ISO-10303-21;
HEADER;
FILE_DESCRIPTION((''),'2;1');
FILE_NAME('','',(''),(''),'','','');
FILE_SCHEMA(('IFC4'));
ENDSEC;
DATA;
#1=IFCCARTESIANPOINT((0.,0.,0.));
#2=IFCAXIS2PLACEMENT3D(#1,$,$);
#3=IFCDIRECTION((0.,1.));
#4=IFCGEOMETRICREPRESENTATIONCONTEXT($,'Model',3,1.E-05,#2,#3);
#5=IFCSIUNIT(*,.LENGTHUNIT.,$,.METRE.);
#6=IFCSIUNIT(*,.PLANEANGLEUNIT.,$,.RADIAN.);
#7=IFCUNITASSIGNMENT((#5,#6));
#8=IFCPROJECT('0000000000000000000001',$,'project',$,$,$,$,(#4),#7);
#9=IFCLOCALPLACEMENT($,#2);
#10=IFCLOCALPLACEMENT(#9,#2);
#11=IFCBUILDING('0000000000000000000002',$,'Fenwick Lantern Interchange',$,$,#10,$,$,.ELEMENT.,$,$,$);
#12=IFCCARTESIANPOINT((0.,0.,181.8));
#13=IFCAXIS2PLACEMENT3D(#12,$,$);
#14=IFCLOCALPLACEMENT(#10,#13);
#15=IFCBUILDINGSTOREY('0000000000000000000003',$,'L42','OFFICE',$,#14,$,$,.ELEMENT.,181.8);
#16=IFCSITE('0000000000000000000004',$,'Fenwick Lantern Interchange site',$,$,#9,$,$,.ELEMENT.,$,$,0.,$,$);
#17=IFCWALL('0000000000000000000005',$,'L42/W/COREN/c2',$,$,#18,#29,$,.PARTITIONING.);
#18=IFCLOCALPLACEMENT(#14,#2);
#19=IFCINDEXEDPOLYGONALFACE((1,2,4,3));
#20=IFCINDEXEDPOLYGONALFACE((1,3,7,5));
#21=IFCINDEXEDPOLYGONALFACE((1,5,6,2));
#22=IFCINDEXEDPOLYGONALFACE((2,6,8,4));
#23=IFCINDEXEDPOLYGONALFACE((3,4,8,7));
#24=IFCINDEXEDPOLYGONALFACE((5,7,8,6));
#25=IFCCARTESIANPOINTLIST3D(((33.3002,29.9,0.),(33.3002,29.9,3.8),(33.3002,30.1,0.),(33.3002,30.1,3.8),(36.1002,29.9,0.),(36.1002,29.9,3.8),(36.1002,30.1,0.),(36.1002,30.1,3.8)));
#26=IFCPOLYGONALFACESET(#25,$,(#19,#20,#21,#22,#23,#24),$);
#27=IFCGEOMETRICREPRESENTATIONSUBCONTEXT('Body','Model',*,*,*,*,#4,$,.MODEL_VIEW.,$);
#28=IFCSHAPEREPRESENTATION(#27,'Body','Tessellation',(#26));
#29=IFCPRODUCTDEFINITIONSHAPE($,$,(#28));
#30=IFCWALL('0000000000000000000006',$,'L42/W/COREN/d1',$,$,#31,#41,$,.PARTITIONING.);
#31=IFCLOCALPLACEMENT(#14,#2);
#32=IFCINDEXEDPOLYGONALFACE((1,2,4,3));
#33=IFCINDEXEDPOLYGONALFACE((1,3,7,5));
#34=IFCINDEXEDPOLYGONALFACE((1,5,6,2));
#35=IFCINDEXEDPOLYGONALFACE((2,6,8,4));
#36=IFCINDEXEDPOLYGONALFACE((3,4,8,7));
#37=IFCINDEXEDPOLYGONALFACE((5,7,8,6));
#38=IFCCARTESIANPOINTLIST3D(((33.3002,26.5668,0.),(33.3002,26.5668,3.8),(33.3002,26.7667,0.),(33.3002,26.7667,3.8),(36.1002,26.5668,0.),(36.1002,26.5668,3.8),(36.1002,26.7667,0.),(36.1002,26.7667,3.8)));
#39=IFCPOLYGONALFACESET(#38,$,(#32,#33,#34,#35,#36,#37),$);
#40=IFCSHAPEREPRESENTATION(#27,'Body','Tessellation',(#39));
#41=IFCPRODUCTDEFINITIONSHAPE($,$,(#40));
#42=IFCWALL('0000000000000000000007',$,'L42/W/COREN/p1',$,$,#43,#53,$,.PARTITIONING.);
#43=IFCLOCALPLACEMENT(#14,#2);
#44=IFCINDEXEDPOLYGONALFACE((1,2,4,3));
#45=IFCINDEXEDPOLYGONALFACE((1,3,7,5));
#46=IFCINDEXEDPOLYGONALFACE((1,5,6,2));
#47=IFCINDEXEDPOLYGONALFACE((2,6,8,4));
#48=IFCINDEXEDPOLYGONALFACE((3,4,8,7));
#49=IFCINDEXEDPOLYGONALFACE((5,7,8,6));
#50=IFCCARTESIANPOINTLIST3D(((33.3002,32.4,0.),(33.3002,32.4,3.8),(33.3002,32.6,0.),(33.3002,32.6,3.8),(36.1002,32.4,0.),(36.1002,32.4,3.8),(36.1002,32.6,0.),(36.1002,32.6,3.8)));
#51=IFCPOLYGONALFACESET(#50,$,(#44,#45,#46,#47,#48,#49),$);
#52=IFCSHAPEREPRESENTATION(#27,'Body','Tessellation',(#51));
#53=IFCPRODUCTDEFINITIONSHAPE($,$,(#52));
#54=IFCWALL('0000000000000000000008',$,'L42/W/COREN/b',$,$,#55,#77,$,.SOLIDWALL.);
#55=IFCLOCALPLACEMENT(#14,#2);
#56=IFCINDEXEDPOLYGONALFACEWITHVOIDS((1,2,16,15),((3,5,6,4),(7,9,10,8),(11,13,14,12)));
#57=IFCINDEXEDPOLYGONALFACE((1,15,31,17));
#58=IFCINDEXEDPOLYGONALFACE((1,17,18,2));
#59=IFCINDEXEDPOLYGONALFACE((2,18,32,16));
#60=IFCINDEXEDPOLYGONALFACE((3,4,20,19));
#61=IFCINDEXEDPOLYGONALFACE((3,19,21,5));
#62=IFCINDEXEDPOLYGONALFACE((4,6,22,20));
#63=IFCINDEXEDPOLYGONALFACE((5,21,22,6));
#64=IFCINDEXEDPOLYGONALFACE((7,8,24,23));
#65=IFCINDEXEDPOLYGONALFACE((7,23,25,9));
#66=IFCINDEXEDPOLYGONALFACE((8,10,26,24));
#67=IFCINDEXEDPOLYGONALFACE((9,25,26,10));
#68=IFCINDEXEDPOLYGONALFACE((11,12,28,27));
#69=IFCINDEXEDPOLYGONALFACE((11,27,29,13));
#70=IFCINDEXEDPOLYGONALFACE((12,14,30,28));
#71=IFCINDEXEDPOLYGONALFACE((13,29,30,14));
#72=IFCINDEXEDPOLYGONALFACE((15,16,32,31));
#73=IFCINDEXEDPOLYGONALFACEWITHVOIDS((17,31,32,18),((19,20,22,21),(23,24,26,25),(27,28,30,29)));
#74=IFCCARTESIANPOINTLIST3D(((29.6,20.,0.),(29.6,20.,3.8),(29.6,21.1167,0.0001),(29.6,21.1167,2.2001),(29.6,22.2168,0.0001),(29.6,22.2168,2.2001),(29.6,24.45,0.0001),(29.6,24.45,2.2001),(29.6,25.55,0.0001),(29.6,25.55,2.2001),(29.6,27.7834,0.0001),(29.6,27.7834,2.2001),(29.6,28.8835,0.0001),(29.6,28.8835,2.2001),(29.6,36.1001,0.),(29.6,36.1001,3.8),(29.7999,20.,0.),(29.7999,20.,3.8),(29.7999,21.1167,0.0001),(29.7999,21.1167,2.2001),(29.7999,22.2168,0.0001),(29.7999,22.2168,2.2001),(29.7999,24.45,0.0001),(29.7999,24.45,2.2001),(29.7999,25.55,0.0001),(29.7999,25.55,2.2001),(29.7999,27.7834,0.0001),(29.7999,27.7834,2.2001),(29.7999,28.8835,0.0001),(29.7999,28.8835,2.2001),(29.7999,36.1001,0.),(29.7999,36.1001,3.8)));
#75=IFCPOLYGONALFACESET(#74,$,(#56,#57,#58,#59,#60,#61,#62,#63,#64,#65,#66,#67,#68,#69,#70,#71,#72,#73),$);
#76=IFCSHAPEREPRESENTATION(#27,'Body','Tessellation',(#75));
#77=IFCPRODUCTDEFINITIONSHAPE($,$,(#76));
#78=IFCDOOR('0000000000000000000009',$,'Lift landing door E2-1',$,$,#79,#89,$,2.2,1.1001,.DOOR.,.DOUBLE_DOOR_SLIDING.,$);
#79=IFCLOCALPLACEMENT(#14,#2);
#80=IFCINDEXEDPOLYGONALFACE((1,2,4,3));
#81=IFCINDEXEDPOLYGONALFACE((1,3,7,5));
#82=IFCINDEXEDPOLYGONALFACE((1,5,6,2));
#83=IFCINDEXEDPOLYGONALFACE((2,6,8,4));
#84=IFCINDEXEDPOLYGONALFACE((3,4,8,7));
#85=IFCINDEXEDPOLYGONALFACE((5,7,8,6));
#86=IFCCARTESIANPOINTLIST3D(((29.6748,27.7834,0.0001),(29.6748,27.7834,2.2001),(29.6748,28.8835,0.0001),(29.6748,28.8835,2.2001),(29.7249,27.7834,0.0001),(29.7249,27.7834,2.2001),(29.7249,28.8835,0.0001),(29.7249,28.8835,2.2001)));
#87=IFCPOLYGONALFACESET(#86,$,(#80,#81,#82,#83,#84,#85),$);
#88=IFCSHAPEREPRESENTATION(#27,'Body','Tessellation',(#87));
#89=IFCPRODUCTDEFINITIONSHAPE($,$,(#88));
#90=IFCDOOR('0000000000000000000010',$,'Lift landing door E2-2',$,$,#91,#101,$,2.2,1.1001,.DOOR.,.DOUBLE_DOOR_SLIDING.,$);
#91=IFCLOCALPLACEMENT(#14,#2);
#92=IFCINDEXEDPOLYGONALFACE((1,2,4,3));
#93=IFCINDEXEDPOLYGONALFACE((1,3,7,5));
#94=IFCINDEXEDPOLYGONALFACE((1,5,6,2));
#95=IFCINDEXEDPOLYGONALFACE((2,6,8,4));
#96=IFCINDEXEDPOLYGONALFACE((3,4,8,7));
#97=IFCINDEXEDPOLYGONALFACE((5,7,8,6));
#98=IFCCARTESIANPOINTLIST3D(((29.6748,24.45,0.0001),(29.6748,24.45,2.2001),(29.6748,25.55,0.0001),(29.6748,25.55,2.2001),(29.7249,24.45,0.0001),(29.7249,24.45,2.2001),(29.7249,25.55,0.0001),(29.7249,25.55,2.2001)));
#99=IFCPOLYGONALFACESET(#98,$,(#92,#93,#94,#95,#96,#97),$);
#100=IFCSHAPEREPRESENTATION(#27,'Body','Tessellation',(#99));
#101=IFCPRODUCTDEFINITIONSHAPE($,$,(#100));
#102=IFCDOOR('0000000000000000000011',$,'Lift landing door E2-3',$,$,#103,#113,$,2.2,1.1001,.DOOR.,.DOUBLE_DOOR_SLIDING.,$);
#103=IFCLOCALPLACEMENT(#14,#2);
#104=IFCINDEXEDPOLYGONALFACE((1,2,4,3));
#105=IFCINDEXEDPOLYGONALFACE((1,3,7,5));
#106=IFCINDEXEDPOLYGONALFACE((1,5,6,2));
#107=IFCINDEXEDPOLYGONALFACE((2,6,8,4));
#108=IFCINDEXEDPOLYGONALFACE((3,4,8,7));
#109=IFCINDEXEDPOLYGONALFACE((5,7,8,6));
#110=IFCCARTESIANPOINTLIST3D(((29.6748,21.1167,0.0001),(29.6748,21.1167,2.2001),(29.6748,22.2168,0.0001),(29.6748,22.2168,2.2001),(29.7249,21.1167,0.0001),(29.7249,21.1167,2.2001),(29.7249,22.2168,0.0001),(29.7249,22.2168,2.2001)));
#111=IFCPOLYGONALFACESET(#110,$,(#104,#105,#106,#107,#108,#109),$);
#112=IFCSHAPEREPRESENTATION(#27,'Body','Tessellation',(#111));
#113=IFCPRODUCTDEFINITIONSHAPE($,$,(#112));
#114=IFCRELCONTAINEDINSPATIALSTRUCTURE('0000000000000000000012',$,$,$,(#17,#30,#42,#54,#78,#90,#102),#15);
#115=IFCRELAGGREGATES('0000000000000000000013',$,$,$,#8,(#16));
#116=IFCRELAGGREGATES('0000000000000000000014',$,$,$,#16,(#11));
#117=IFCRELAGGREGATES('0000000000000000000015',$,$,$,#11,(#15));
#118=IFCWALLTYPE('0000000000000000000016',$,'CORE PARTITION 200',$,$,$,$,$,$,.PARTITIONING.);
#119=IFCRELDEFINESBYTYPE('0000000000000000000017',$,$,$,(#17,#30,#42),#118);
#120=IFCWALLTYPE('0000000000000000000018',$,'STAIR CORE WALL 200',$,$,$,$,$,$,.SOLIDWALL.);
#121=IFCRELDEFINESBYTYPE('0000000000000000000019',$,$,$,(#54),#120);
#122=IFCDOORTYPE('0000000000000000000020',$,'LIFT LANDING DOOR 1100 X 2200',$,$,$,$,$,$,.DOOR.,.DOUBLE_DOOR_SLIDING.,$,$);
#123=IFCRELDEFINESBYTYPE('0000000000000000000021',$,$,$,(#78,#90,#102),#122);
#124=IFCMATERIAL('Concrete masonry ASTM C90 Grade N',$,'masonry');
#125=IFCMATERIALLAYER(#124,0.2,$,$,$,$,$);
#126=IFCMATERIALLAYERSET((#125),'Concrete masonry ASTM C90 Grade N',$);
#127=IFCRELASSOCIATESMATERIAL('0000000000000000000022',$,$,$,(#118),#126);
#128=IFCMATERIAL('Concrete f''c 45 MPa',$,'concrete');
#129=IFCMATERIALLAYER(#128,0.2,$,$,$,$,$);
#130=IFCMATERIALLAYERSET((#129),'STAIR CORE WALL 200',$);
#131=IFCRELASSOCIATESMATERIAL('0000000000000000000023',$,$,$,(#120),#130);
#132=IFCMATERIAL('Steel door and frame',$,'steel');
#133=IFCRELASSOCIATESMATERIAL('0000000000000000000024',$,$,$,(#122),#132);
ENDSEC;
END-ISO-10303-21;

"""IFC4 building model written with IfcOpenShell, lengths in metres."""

from ifc_helpers import new_model, si_unit, direction, frame, frame_2d, origin, place, context, subcontext, project, spatial, rectangle, extrude, material, layer, layer_set, type_object, element, fill, save


model = new_model("IFC4")

# Units and contexts
model_context = context("Model", 3, precision=1e-05, world=origin(), true_north=direction((0.0, 1.0)))
body_context = subcontext(model_context, "Body", "Model", "MODEL_VIEW")
ifc_project = project(units=[si_unit("LENGTHUNIT", "METRE"), si_unit("PLANEANGLEUNIT", "RADIAN")], contexts=[model_context])

# Site, building, storey
site_placement = place(None, origin())
site = spatial("IfcSite", under=ifc_project, at=site_placement, Name="Fenwick Lantern Interchange site", CompositionType="ELEMENT", RefElevation=0.0)
building_placement = place(site_placement, origin())
building = spatial("IfcBuilding", under=site, at=building_placement, Name="Fenwick Lantern Interchange", CompositionType="ELEMENT")
storey_placement = place(building_placement, frame((0.0, 0.0, 181.8)))
storey = spatial("IfcBuildingStorey", under=building, at=storey_placement, Name="L42", Description="OFFICE", CompositionType="ELEMENT", Elevation=181.8)

# Walls
ifc_material_1 = material(Name="Concrete masonry ASTM C90 Grade N", Category="masonry")
ifc_layer_1 = layer(ifc_material_1, 0.2)
ifc_layer_set_1 = layer_set([ifc_layer_1], Name="Concrete masonry ASTM C90 Grade N")
wall_type_1 = type_object("IfcWallType", Name="CORE PARTITION 200", PredefinedType="PARTITIONING", material=ifc_layer_set_1)
for number, where, z_axis, x_axis, name in (
    (1, (36.1001, 30.0, 0.0), (0.0, 0.0, 1.0), (-1.0, 0.0, 0.0), "L42/W/COREN/c2"),
    (2, (36.1001, 26.6667, 0.0), (0.0, 0.0, 1.0), (-1.0, 0.0, 0.0), "L42/W/COREN/d1"),
    (3, (36.1001, 32.5, 0.0), (0.0, 0.0, 1.0), (-1.0, 0.0, 0.0), "L42/W/COREN/p1"),
):
    element("IfcWall", number, at=place(storey_placement, frame(where, z_axis=z_axis, x_axis=x_axis)), inside=storey, type_object=wall_type_1, Name=name, PredefinedType="PARTITIONING", context=body_context, shape_type="SweptSolid", body=[
        extrude(rectangle(XDim=2.8, YDim=0.2, at=frame_2d((1.3999, 0.0))), origin(), (0.0, 0.0, 1.0), 3.8),
    ])

# Wall, openings, doors
ifc_material_2 = material(Name="Steel door and frame", Category="steel")
ifc_material_3 = material(Name="Concrete f'c 45 MPa", Category="concrete")
ifc_layer_2 = layer(ifc_material_3, 0.2)
ifc_layer_set_2 = layer_set([ifc_layer_2], Name="STAIR CORE WALL 200")
wall_type_2 = type_object("IfcWallType", Name="STAIR CORE WALL 200", PredefinedType="SOLIDWALL", material=ifc_layer_set_2)
wall_1_placement = place(storey_placement, frame((29.7, 36.1001, 0.0), z_axis=(0.0, 0.0, 1.0), x_axis=(0.0, -1.0, 0.0)))
wall_1 = element("IfcWall", 4, at=wall_1_placement, inside=storey, type_object=wall_type_2, Name="L42/W/COREN/b", PredefinedType="SOLIDWALL", context=body_context, shape_type="SweptSolid", body=[
    extrude(rectangle(XDim=16.1001, YDim=0.2, at=frame_2d((8.05, 0.0))), origin(), (0.0, 0.0, 1.0), 3.8),
])
opening_1_placement = place(wall_1_placement, frame((7.2166, 0.0, 0.0)))
opening_1 = element("IfcOpeningElement", 5, at=opening_1_placement, cuts=wall_1, PredefinedType="OPENING", context=body_context, shape_type="SweptSolid", body=[
    extrude(rectangle(XDim=1.1001, YDim=2.2, at=frame_2d((0.55, 1.1001))), frame((0.0, 0.1099, 0.0), z_axis=(0.0, -1.0, 0.0), x_axis=(1.0, 0.0, 0.0)), (0.0, 0.0, 1.0), 0.22),
])
opening_2_placement = place(wall_1_placement, frame((10.55, 0.0, 0.0)))
opening_2 = element("IfcOpeningElement", 6, at=opening_2_placement, cuts=wall_1, PredefinedType="OPENING", context=body_context, shape_type="SweptSolid", body=[
    extrude(rectangle(XDim=1.1001, YDim=2.2, at=frame_2d((0.55, 1.1001))), frame((0.0, 0.1099, 0.0), z_axis=(0.0, -1.0, 0.0), x_axis=(1.0, 0.0, 0.0)), (0.0, 0.0, 1.0), 0.22),
])
opening_3_placement = place(wall_1_placement, frame((13.8833, 0.0, 0.0)))
opening_3 = element("IfcOpeningElement", 7, at=opening_3_placement, cuts=wall_1, PredefinedType="OPENING", context=body_context, shape_type="SweptSolid", body=[
    extrude(rectangle(XDim=1.1001, YDim=2.2, at=frame_2d((0.55, 1.1001))), frame((0.0, 0.1099, 0.0), z_axis=(0.0, -1.0, 0.0), x_axis=(1.0, 0.0, 0.0)), (0.0, 0.0, 1.0), 0.22),
])
door_type_1 = type_object("IfcDoorType", Name="LIFT LANDING DOOR 1100 X 2200", OperationType="DOUBLE_DOOR_SLIDING", PredefinedType="DOOR", material=ifc_material_2)
door_1_placement = place(opening_1_placement, origin())
door_1 = element("IfcDoor", 8, at=door_1_placement, inside=storey, type_object=door_type_1, Name="Lift landing door E2-1", OperationType="DOUBLE_DOOR_SLIDING", OverallHeight=2.2, OverallWidth=1.1001, PredefinedType="DOOR", context=body_context, shape_type="SweptSolid", body=[
    extrude(rectangle(XDim=1.1001, YDim=2.2, at=frame_2d((0.55, 1.1001))), frame((0.0, 0.0249, 0.0), z_axis=(0.0, -1.0, 0.0), x_axis=(1.0, 0.0, 0.0)), (0.0, 0.0, 1.0), 0.05),
])
fill(opening_1, door_1)
door_2_placement = place(opening_2_placement, origin())
door_2 = element("IfcDoor", 9, at=door_2_placement, inside=storey, type_object=door_type_1, Name="Lift landing door E2-2", OperationType="DOUBLE_DOOR_SLIDING", OverallHeight=2.2, OverallWidth=1.1001, PredefinedType="DOOR", context=body_context, shape_type="SweptSolid", body=[
    extrude(rectangle(XDim=1.1001, YDim=2.2, at=frame_2d((0.55, 1.1001))), frame((0.0, 0.0249, 0.0), z_axis=(0.0, -1.0, 0.0), x_axis=(1.0, 0.0, 0.0)), (0.0, 0.0, 1.0), 0.05),
])
fill(opening_2, door_2)
door_3_placement = place(opening_3_placement, origin())
door_3 = element("IfcDoor", 10, at=door_3_placement, inside=storey, type_object=door_type_1, Name="Lift landing door E2-3", OperationType="DOUBLE_DOOR_SLIDING", OverallHeight=2.2, OverallWidth=1.1001, PredefinedType="DOOR", context=body_context, shape_type="SweptSolid", body=[
    extrude(rectangle(XDim=1.1001, YDim=2.2, at=frame_2d((0.55, 1.1001))), frame((0.0, 0.0249, 0.0), z_axis=(0.0, -1.0, 0.0), x_axis=(1.0, 0.0, 0.0)), (0.0, 0.0, 1.0), 0.05),
])
fill(opening_3, door_3)

save(model, "model.ifc")
